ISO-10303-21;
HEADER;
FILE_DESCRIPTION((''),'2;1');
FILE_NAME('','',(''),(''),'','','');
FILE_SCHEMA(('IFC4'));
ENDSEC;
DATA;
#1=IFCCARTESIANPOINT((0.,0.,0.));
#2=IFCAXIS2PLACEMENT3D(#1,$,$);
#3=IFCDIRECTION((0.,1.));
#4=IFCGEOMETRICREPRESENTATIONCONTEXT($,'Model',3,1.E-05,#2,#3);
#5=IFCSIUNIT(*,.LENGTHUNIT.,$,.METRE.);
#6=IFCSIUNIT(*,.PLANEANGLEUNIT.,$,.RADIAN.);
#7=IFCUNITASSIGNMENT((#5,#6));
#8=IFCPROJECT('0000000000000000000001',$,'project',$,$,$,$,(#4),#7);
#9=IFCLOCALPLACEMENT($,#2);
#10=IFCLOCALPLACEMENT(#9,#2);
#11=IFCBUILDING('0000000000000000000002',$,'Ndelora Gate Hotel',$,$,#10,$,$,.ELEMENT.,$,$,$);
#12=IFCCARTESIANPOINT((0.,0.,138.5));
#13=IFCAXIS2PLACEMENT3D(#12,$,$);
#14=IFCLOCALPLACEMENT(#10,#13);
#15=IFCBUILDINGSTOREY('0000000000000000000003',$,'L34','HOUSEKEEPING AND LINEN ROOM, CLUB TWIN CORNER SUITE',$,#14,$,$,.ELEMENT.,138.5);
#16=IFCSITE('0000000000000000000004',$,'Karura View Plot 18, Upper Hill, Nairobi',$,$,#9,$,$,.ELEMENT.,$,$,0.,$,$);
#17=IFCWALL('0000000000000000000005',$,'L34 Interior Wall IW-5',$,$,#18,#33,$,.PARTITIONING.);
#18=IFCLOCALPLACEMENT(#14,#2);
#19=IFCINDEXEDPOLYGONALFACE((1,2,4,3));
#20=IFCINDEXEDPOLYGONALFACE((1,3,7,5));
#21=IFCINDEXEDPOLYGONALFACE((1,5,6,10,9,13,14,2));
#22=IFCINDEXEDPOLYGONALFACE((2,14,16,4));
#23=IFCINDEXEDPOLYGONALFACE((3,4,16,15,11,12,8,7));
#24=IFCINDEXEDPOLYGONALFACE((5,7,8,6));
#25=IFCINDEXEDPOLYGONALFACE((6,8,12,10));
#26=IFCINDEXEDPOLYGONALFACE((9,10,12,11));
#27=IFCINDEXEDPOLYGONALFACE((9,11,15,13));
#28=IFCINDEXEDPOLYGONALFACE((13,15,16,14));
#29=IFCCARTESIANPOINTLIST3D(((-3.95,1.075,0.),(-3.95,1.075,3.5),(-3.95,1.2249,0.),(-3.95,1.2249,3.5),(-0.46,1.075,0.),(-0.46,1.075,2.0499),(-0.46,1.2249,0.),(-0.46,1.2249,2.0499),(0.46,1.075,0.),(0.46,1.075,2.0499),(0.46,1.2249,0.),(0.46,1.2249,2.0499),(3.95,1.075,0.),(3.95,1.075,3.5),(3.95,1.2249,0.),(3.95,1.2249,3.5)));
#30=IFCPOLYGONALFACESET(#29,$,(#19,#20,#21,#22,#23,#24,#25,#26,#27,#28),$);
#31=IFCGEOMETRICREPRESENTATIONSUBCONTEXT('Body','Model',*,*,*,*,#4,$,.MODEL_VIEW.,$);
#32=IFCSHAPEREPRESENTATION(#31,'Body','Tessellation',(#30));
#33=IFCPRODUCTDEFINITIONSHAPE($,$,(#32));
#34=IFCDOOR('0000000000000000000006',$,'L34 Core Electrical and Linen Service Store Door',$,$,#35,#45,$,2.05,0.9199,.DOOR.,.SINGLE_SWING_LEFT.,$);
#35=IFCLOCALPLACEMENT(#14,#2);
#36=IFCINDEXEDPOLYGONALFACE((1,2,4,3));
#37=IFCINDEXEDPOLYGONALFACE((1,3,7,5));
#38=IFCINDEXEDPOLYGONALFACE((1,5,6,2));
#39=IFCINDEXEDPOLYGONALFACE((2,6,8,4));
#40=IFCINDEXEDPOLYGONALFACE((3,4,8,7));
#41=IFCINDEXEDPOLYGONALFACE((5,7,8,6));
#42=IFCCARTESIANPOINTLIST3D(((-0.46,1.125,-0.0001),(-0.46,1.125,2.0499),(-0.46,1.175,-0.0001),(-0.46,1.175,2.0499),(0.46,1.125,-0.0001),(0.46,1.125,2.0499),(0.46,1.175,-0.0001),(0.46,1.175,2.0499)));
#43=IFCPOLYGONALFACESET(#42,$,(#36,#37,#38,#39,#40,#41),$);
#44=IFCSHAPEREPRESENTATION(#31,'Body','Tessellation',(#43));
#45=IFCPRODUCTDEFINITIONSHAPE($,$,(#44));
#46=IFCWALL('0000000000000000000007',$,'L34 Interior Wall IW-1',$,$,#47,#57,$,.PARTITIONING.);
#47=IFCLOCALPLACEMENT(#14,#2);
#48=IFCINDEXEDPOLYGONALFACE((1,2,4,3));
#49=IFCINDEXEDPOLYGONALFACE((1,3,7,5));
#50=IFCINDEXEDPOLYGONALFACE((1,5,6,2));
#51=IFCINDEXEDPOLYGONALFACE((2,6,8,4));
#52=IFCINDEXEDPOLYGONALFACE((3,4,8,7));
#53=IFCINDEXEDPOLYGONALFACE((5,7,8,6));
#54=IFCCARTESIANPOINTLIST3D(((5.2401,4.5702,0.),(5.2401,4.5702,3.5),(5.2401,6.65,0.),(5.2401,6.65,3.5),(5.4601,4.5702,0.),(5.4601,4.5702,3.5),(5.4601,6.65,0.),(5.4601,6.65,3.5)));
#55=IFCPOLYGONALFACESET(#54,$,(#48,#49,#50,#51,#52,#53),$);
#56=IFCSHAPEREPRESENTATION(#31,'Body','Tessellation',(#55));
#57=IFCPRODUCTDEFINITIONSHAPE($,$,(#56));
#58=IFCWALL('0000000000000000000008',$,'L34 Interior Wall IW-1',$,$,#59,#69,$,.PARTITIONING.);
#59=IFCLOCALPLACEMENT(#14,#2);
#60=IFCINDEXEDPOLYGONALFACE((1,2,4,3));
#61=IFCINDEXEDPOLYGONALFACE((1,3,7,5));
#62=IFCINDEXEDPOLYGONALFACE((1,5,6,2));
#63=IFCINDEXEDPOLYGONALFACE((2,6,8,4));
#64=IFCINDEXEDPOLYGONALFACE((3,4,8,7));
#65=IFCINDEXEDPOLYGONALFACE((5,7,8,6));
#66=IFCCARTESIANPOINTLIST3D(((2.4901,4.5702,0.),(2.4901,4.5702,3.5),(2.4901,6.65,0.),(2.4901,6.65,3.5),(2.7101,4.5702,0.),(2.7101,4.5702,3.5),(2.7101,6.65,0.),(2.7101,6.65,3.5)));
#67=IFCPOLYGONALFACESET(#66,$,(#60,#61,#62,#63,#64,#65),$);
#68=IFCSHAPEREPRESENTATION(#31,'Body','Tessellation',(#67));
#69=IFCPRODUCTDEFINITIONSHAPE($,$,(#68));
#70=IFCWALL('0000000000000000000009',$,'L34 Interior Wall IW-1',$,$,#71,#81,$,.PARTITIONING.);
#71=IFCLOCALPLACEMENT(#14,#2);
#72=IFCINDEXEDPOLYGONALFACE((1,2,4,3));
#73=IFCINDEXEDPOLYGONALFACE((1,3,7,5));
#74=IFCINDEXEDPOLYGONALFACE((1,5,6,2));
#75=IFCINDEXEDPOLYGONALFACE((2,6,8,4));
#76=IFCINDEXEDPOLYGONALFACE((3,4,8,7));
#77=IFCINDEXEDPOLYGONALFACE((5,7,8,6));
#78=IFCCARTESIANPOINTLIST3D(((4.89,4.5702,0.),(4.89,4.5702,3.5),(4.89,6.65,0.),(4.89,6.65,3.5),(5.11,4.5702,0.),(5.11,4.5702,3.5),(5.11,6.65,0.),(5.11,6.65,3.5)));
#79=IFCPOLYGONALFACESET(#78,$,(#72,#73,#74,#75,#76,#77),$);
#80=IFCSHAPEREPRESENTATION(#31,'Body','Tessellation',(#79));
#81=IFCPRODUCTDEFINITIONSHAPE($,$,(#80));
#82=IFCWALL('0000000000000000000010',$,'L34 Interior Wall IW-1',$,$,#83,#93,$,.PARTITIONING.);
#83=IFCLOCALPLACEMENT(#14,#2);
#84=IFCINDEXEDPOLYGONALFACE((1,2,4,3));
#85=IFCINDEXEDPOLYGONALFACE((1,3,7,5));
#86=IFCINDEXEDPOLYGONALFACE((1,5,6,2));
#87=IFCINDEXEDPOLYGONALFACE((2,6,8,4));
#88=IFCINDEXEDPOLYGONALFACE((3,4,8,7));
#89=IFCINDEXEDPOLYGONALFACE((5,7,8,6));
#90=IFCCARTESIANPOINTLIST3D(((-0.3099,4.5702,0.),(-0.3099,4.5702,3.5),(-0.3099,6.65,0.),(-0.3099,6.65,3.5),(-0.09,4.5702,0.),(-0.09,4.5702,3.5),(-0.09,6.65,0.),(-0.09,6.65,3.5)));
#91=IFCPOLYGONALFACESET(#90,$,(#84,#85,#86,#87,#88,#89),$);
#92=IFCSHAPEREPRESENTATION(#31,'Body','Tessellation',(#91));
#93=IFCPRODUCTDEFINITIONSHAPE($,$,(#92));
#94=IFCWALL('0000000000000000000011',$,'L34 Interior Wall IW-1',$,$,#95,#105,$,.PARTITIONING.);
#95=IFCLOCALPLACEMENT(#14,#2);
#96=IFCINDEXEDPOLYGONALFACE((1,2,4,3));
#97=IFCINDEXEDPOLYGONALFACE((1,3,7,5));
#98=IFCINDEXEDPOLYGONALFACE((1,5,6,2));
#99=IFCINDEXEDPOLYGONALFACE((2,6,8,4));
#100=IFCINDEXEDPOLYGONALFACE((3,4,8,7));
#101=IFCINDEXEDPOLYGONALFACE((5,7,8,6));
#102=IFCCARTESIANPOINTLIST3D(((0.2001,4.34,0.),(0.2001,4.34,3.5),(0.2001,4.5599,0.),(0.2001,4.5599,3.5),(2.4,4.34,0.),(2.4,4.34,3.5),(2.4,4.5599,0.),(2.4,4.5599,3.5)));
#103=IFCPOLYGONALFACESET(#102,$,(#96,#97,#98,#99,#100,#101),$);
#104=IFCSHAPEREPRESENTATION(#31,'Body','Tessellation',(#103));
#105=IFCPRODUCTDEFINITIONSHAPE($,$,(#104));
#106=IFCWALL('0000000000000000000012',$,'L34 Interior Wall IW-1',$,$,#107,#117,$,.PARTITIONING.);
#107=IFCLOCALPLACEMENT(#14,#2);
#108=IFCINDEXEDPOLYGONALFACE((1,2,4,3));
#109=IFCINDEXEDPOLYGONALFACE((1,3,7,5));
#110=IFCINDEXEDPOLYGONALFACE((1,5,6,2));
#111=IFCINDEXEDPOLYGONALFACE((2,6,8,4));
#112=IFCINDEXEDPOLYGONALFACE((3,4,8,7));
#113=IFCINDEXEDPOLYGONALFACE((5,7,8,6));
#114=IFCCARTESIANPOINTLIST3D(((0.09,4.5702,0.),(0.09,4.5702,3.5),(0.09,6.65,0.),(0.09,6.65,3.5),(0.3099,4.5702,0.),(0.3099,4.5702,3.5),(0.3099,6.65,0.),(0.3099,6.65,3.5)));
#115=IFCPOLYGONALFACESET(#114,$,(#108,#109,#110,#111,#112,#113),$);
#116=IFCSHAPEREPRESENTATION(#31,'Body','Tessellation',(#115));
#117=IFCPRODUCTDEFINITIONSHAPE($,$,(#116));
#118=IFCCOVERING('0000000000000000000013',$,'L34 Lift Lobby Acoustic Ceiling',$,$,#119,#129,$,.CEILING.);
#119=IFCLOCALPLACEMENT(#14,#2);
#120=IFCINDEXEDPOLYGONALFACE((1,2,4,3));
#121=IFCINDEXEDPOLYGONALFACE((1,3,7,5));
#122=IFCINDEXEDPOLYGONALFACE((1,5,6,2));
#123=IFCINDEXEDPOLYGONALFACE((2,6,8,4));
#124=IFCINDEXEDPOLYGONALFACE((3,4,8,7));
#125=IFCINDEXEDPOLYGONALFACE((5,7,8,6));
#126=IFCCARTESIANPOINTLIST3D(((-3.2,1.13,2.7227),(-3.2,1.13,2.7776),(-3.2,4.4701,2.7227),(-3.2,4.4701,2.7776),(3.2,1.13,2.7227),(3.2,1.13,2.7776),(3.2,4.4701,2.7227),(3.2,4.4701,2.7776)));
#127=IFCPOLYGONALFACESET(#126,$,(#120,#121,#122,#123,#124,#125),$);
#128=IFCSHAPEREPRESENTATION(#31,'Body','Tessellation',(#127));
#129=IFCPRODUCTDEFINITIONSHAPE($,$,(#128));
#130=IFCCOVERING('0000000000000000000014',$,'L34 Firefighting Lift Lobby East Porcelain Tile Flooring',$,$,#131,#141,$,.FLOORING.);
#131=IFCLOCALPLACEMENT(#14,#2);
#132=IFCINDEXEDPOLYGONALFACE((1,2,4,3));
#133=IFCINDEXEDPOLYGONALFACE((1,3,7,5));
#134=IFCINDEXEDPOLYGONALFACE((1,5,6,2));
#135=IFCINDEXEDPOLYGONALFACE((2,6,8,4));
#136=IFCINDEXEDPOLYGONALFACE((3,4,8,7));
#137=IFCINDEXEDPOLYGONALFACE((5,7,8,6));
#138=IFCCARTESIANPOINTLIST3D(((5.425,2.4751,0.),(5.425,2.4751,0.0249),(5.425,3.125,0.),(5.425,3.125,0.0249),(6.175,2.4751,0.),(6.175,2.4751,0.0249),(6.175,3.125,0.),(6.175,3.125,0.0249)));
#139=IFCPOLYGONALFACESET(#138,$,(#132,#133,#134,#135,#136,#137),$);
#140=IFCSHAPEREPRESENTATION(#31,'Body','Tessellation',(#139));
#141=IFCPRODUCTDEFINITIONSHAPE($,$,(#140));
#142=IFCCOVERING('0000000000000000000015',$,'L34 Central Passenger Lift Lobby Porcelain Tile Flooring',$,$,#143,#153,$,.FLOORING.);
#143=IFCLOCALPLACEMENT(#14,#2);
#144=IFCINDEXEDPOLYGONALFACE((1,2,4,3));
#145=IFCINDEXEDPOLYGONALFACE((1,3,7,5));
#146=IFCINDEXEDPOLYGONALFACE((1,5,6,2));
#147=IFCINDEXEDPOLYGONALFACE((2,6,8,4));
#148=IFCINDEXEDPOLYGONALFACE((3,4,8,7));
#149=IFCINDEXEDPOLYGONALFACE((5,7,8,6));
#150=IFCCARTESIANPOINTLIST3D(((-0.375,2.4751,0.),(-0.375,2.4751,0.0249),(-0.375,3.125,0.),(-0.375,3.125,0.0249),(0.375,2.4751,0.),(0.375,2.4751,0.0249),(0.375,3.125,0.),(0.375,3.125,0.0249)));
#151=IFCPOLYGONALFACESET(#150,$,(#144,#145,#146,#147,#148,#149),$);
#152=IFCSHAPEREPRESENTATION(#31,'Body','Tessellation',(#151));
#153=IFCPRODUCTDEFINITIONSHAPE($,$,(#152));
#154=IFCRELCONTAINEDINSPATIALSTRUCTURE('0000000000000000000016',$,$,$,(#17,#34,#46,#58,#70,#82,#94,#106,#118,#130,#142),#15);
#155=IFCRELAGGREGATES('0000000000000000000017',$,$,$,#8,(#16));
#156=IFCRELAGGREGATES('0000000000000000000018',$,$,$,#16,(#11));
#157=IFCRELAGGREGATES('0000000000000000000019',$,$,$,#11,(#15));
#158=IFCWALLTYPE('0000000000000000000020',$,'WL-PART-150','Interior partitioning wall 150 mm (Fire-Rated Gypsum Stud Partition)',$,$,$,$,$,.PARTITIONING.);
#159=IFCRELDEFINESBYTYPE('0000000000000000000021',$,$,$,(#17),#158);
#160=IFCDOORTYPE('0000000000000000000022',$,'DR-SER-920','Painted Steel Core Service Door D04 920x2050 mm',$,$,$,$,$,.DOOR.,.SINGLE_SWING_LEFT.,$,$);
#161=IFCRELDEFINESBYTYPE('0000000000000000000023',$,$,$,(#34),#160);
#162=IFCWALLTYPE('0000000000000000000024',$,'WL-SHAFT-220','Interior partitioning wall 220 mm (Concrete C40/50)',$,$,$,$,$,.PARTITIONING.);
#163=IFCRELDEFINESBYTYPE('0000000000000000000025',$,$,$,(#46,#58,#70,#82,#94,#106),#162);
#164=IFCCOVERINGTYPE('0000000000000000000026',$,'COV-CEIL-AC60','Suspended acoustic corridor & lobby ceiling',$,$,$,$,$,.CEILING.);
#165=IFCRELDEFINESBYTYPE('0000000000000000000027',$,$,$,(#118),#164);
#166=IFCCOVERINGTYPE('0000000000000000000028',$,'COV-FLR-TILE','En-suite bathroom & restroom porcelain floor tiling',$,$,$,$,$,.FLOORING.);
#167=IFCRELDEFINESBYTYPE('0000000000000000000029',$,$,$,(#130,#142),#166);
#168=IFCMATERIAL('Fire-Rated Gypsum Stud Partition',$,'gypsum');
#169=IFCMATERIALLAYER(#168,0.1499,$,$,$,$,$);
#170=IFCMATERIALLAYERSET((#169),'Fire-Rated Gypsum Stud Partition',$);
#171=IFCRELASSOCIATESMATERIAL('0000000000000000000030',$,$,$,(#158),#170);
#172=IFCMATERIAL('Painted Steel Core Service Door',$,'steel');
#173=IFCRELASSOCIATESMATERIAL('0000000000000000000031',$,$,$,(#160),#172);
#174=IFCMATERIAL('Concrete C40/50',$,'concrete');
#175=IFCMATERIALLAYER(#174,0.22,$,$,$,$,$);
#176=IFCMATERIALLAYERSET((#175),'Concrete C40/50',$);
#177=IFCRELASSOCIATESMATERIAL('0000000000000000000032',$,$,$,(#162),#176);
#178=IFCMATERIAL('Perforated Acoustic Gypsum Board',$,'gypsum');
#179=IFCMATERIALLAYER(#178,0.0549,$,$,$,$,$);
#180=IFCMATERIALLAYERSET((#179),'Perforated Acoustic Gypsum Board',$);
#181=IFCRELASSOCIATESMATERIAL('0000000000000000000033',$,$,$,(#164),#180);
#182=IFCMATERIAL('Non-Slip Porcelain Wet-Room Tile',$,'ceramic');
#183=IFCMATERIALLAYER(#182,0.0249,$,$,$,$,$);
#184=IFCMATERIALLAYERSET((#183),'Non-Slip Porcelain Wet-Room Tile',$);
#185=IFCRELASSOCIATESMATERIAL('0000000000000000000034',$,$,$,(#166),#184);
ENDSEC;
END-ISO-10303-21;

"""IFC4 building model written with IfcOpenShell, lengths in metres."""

from ifc_helpers import new_model, si_unit, direction, frame, frame_2d, origin, origin_2d, place, context, subcontext, project, spatial, rectangle, extrude, material, layer, layer_set, type_object, element, fill, save


model = new_model("IFC4")

# Units and contexts
model_context = context("Model", 3, precision=1e-05, world=origin(), true_north=direction((0.0, 1.0)))
body_context = subcontext(model_context, "Body", "Model", "MODEL_VIEW")
ifc_project = project(units=[si_unit("LENGTHUNIT", "METRE"), si_unit("PLANEANGLEUNIT", "RADIAN")], contexts=[model_context])

# Site, building, storey
site_placement = place(None, origin())
site = spatial("IfcSite", under=ifc_project, at=site_placement, Name="Karura View Plot 18, Upper Hill, Nairobi", CompositionType="ELEMENT", RefElevation=0.0)
building_placement = place(site_placement, origin())
building = spatial("IfcBuilding", under=site, at=building_placement, Name="Ndelora Gate Hotel", CompositionType="ELEMENT")
storey_placement = place(building_placement, frame((0.0, 0.0, 138.5)))
storey = spatial("IfcBuildingStorey", under=building, at=storey_placement, Name="L34", Description="HOUSEKEEPING AND LINEN ROOM, CLUB TWIN CORNER SUITE", CompositionType="ELEMENT", Elevation=138.5)

# Shared definitions
ifc_material_1 = material(Name="Concrete C40/50", Category="concrete")

# Wall, opening, door
ifc_material_2 = material(Name="Fire-Rated Gypsum Stud Partition", Category="gypsum")
ifc_layer_1 = layer(ifc_material_2, 0.1499)
ifc_layer_set_1 = layer_set([ifc_layer_1], Name="Fire-Rated Gypsum Stud Partition")
wall_type_1 = type_object("IfcWallType", Name="WL-PART-150", Description="Interior partitioning wall 150 mm (Fire-Rated Gypsum Stud Partition)", PredefinedType="PARTITIONING", material=ifc_layer_set_1)
wall_1_placement = place(storey_placement, frame((3.95, 1.1499, 0.0), z_axis=(0.0, 0.0, 1.0), x_axis=(-1.0, 0.0, 0.0)))
wall_1 = element("IfcWall", 1, at=wall_1_placement, inside=storey, type_object=wall_type_1, Name="L34 Interior Wall IW-5", PredefinedType="PARTITIONING", context=body_context, shape_type="SweptSolid", body=[
    extrude(rectangle(XDim=7.8999, YDim=0.1499, at=frame_2d((3.95, 0.0))), origin(), (0.0, 0.0, 1.0), 3.5),
])
opening_1_placement = place(wall_1_placement, frame((3.49, 0.0, 0.0)))
opening_1 = element("IfcOpeningElement", 2, at=opening_1_placement, cuts=wall_1, PredefinedType="OPENING", context=body_context, shape_type="SweptSolid", body=[
    extrude(rectangle(XDim=0.9199, YDim=2.05, at=frame_2d((0.46, 1.0249))), frame((0.0, 0.085, 0.0), z_axis=(0.0, -1.0, 0.0), x_axis=(1.0, 0.0, 0.0)), (0.0, 0.0, 1.0), 0.1699),
])
ifc_material_3 = material(Name="Painted Steel Core Service Door", Category="steel")
door_type_1 = type_object("IfcDoorType", Name="DR-SER-920", Description="Painted Steel Core Service Door D04 920x2050 mm", OperationType="SINGLE_SWING_LEFT", PredefinedType="DOOR", material=ifc_material_3)
door_1_placement = place(opening_1_placement, origin())
door_1 = element("IfcDoor", 3, at=door_1_placement, inside=storey, type_object=door_type_1, Name="L34 Core Electrical and Linen Service Store Door", OperationType="SINGLE_SWING_LEFT", OverallHeight=2.05, OverallWidth=0.9199, PredefinedType="DOOR", context=body_context, shape_type="SweptSolid", body=[
    extrude(rectangle(XDim=0.9199, YDim=2.05, at=frame_2d((0.46, 1.0249))), frame((0.0, 0.0249, 0.0), z_axis=(0.0, -1.0, 0.0), x_axis=(1.0, 0.0, 0.0)), (0.0, 0.0, 1.0), 0.05),
])
fill(opening_1, door_1)
ifc_layer_2 = layer(ifc_material_1, 0.22)
ifc_layer_set_2 = layer_set([ifc_layer_2], Name="Concrete C40/50")
wall_type_2 = type_object("IfcWallType", Name="WL-SHAFT-220", Description="Interior partitioning wall 220 mm (Concrete C40/50)", PredefinedType="PARTITIONING", material=ifc_layer_set_2)

# Wall
wall_2_placement = place(storey_placement, frame((5.3501, 4.5701, 0.0), z_axis=(0.0, 0.0, 1.0), x_axis=(0.0, 1.0, 0.0)))
element("IfcWall", 4, at=wall_2_placement, inside=storey, type_object=wall_type_2, Name="L34 Interior Wall IW-1", PredefinedType="PARTITIONING", context=body_context, shape_type="SweptSolid", body=[
    extrude(rectangle(XDim=2.0798, YDim=0.22, at=frame_2d((1.04, 0.0))), origin(), (0.0, 0.0, 1.0), 3.5),
])

# Walls
for number, where, z_axis, x_axis, name in (
    (5, (2.6001, 4.5701, 0.0), (0.0, 0.0, 1.0), (0.0, 1.0, 0.0), "L34 Interior Wall IW-1"),
    (6, (5.0, 4.5701, 0.0), (0.0, 0.0, 1.0), (0.0, 1.0, 0.0), "L34 Interior Wall IW-1"),
    (7, (-0.2, 4.5701, 0.0), (0.0, 0.0, 1.0), (0.0, 1.0, 0.0), "L34 Interior Wall IW-1"),
):
    element("IfcWall", number, at=place(storey_placement, frame(where, z_axis=z_axis, x_axis=x_axis)), inside=storey, type_object=wall_type_2, Name=name, PredefinedType="PARTITIONING", context=body_context, shape_type="SweptSolid", body=[
        extrude(rectangle(XDim=2.0798, YDim=0.22, at=frame_2d((1.04, 0.0))), origin(), (0.0, 0.0, 1.0), 3.5),
    ])
wall_3_placement = place(storey_placement, frame((0.2, 4.45, 0.0), z_axis=(0.0, 0.0, 1.0), x_axis=(1.0, 0.0, 0.0)))
element("IfcWall", 8, at=wall_3_placement, inside=storey, type_object=wall_type_2, Name="L34 Interior Wall IW-1", PredefinedType="PARTITIONING", context=body_context, shape_type="SweptSolid", body=[
    extrude(rectangle(XDim=2.2, YDim=0.22, at=frame_2d((1.1001, 0.0))), origin(), (0.0, 0.0, 1.0), 3.5),
])
wall_4_placement = place(storey_placement, frame((0.2, 4.5701, 0.0), z_axis=(0.0, 0.0, 1.0), x_axis=(0.0, 1.0, 0.0)))
element("IfcWall", 9, at=wall_4_placement, inside=storey, type_object=wall_type_2, Name="L34 Interior Wall IW-1", PredefinedType="PARTITIONING", context=body_context, shape_type="SweptSolid", body=[
    extrude(rectangle(XDim=2.0798, YDim=0.22, at=frame_2d((1.04, 0.0))), origin(), (0.0, 0.0, 1.0), 3.5),
])

# Coverings
ifc_material_4 = material(Name="Perforated Acoustic Gypsum Board", Category="gypsum")
ifc_layer_3 = layer(ifc_material_4, 0.0549)
ifc_layer_set_3 = layer_set([ifc_layer_3], Name="Perforated Acoustic Gypsum Board")
covering_type_1 = type_object("IfcCoveringType", Name="COV-CEIL-AC60", Description="Suspended acoustic corridor & lobby ceiling", PredefinedType="CEILING", material=ifc_layer_set_3)
covering_placement = place(storey_placement, frame((0.0, 2.8, 2.7227), z_axis=(0.0, 0.0, 1.0), x_axis=(1.0, 0.0, 0.0)))
element("IfcCovering", 10, at=covering_placement, inside=storey, type_object=covering_type_1, Name="L34 Lift Lobby Acoustic Ceiling", PredefinedType="CEILING", context=body_context, shape_type="SweptSolid", body=[
    extrude(rectangle(XDim=6.3999, YDim=3.3401, at=origin_2d()), origin(), (0.0, 0.0, 1.0), 0.0549),
])
ifc_material_5 = material(Name="Non-Slip Porcelain Wet-Room Tile", Category="ceramic")
ifc_layer_4 = layer(ifc_material_5, 0.0249)
ifc_layer_set_4 = layer_set([ifc_layer_4], Name="Non-Slip Porcelain Wet-Room Tile")
covering_type_2 = type_object("IfcCoveringType", Name="COV-FLR-TILE", Description="En-suite bathroom & restroom porcelain floor tiling", PredefinedType="FLOORING", material=ifc_layer_set_4)
for number, where, z_axis, x_axis, name in (
    (11, (5.8, 2.8, 0.0), (0.0, 0.0, 1.0), (1.0, 0.0, 0.0), "L34 Firefighting Lift Lobby East Porcelain Tile Flooring"),
    (12, (0.0, 2.8, 0.0), (0.0, 0.0, 1.0), (1.0, 0.0, 0.0), "L34 Central Passenger Lift Lobby Porcelain Tile Flooring"),
):
    element("IfcCovering", number, at=place(storey_placement, frame(where, z_axis=z_axis, x_axis=x_axis)), inside=storey, type_object=covering_type_2, Name=name, PredefinedType="FLOORING", context=body_context, shape_type="SweptSolid", body=[
        extrude(rectangle(XDim=0.75, YDim=0.6499, at=origin_2d()), origin(), (0.0, 0.0, 1.0), 0.0249),
    ])

save(model, "model.ifc")
